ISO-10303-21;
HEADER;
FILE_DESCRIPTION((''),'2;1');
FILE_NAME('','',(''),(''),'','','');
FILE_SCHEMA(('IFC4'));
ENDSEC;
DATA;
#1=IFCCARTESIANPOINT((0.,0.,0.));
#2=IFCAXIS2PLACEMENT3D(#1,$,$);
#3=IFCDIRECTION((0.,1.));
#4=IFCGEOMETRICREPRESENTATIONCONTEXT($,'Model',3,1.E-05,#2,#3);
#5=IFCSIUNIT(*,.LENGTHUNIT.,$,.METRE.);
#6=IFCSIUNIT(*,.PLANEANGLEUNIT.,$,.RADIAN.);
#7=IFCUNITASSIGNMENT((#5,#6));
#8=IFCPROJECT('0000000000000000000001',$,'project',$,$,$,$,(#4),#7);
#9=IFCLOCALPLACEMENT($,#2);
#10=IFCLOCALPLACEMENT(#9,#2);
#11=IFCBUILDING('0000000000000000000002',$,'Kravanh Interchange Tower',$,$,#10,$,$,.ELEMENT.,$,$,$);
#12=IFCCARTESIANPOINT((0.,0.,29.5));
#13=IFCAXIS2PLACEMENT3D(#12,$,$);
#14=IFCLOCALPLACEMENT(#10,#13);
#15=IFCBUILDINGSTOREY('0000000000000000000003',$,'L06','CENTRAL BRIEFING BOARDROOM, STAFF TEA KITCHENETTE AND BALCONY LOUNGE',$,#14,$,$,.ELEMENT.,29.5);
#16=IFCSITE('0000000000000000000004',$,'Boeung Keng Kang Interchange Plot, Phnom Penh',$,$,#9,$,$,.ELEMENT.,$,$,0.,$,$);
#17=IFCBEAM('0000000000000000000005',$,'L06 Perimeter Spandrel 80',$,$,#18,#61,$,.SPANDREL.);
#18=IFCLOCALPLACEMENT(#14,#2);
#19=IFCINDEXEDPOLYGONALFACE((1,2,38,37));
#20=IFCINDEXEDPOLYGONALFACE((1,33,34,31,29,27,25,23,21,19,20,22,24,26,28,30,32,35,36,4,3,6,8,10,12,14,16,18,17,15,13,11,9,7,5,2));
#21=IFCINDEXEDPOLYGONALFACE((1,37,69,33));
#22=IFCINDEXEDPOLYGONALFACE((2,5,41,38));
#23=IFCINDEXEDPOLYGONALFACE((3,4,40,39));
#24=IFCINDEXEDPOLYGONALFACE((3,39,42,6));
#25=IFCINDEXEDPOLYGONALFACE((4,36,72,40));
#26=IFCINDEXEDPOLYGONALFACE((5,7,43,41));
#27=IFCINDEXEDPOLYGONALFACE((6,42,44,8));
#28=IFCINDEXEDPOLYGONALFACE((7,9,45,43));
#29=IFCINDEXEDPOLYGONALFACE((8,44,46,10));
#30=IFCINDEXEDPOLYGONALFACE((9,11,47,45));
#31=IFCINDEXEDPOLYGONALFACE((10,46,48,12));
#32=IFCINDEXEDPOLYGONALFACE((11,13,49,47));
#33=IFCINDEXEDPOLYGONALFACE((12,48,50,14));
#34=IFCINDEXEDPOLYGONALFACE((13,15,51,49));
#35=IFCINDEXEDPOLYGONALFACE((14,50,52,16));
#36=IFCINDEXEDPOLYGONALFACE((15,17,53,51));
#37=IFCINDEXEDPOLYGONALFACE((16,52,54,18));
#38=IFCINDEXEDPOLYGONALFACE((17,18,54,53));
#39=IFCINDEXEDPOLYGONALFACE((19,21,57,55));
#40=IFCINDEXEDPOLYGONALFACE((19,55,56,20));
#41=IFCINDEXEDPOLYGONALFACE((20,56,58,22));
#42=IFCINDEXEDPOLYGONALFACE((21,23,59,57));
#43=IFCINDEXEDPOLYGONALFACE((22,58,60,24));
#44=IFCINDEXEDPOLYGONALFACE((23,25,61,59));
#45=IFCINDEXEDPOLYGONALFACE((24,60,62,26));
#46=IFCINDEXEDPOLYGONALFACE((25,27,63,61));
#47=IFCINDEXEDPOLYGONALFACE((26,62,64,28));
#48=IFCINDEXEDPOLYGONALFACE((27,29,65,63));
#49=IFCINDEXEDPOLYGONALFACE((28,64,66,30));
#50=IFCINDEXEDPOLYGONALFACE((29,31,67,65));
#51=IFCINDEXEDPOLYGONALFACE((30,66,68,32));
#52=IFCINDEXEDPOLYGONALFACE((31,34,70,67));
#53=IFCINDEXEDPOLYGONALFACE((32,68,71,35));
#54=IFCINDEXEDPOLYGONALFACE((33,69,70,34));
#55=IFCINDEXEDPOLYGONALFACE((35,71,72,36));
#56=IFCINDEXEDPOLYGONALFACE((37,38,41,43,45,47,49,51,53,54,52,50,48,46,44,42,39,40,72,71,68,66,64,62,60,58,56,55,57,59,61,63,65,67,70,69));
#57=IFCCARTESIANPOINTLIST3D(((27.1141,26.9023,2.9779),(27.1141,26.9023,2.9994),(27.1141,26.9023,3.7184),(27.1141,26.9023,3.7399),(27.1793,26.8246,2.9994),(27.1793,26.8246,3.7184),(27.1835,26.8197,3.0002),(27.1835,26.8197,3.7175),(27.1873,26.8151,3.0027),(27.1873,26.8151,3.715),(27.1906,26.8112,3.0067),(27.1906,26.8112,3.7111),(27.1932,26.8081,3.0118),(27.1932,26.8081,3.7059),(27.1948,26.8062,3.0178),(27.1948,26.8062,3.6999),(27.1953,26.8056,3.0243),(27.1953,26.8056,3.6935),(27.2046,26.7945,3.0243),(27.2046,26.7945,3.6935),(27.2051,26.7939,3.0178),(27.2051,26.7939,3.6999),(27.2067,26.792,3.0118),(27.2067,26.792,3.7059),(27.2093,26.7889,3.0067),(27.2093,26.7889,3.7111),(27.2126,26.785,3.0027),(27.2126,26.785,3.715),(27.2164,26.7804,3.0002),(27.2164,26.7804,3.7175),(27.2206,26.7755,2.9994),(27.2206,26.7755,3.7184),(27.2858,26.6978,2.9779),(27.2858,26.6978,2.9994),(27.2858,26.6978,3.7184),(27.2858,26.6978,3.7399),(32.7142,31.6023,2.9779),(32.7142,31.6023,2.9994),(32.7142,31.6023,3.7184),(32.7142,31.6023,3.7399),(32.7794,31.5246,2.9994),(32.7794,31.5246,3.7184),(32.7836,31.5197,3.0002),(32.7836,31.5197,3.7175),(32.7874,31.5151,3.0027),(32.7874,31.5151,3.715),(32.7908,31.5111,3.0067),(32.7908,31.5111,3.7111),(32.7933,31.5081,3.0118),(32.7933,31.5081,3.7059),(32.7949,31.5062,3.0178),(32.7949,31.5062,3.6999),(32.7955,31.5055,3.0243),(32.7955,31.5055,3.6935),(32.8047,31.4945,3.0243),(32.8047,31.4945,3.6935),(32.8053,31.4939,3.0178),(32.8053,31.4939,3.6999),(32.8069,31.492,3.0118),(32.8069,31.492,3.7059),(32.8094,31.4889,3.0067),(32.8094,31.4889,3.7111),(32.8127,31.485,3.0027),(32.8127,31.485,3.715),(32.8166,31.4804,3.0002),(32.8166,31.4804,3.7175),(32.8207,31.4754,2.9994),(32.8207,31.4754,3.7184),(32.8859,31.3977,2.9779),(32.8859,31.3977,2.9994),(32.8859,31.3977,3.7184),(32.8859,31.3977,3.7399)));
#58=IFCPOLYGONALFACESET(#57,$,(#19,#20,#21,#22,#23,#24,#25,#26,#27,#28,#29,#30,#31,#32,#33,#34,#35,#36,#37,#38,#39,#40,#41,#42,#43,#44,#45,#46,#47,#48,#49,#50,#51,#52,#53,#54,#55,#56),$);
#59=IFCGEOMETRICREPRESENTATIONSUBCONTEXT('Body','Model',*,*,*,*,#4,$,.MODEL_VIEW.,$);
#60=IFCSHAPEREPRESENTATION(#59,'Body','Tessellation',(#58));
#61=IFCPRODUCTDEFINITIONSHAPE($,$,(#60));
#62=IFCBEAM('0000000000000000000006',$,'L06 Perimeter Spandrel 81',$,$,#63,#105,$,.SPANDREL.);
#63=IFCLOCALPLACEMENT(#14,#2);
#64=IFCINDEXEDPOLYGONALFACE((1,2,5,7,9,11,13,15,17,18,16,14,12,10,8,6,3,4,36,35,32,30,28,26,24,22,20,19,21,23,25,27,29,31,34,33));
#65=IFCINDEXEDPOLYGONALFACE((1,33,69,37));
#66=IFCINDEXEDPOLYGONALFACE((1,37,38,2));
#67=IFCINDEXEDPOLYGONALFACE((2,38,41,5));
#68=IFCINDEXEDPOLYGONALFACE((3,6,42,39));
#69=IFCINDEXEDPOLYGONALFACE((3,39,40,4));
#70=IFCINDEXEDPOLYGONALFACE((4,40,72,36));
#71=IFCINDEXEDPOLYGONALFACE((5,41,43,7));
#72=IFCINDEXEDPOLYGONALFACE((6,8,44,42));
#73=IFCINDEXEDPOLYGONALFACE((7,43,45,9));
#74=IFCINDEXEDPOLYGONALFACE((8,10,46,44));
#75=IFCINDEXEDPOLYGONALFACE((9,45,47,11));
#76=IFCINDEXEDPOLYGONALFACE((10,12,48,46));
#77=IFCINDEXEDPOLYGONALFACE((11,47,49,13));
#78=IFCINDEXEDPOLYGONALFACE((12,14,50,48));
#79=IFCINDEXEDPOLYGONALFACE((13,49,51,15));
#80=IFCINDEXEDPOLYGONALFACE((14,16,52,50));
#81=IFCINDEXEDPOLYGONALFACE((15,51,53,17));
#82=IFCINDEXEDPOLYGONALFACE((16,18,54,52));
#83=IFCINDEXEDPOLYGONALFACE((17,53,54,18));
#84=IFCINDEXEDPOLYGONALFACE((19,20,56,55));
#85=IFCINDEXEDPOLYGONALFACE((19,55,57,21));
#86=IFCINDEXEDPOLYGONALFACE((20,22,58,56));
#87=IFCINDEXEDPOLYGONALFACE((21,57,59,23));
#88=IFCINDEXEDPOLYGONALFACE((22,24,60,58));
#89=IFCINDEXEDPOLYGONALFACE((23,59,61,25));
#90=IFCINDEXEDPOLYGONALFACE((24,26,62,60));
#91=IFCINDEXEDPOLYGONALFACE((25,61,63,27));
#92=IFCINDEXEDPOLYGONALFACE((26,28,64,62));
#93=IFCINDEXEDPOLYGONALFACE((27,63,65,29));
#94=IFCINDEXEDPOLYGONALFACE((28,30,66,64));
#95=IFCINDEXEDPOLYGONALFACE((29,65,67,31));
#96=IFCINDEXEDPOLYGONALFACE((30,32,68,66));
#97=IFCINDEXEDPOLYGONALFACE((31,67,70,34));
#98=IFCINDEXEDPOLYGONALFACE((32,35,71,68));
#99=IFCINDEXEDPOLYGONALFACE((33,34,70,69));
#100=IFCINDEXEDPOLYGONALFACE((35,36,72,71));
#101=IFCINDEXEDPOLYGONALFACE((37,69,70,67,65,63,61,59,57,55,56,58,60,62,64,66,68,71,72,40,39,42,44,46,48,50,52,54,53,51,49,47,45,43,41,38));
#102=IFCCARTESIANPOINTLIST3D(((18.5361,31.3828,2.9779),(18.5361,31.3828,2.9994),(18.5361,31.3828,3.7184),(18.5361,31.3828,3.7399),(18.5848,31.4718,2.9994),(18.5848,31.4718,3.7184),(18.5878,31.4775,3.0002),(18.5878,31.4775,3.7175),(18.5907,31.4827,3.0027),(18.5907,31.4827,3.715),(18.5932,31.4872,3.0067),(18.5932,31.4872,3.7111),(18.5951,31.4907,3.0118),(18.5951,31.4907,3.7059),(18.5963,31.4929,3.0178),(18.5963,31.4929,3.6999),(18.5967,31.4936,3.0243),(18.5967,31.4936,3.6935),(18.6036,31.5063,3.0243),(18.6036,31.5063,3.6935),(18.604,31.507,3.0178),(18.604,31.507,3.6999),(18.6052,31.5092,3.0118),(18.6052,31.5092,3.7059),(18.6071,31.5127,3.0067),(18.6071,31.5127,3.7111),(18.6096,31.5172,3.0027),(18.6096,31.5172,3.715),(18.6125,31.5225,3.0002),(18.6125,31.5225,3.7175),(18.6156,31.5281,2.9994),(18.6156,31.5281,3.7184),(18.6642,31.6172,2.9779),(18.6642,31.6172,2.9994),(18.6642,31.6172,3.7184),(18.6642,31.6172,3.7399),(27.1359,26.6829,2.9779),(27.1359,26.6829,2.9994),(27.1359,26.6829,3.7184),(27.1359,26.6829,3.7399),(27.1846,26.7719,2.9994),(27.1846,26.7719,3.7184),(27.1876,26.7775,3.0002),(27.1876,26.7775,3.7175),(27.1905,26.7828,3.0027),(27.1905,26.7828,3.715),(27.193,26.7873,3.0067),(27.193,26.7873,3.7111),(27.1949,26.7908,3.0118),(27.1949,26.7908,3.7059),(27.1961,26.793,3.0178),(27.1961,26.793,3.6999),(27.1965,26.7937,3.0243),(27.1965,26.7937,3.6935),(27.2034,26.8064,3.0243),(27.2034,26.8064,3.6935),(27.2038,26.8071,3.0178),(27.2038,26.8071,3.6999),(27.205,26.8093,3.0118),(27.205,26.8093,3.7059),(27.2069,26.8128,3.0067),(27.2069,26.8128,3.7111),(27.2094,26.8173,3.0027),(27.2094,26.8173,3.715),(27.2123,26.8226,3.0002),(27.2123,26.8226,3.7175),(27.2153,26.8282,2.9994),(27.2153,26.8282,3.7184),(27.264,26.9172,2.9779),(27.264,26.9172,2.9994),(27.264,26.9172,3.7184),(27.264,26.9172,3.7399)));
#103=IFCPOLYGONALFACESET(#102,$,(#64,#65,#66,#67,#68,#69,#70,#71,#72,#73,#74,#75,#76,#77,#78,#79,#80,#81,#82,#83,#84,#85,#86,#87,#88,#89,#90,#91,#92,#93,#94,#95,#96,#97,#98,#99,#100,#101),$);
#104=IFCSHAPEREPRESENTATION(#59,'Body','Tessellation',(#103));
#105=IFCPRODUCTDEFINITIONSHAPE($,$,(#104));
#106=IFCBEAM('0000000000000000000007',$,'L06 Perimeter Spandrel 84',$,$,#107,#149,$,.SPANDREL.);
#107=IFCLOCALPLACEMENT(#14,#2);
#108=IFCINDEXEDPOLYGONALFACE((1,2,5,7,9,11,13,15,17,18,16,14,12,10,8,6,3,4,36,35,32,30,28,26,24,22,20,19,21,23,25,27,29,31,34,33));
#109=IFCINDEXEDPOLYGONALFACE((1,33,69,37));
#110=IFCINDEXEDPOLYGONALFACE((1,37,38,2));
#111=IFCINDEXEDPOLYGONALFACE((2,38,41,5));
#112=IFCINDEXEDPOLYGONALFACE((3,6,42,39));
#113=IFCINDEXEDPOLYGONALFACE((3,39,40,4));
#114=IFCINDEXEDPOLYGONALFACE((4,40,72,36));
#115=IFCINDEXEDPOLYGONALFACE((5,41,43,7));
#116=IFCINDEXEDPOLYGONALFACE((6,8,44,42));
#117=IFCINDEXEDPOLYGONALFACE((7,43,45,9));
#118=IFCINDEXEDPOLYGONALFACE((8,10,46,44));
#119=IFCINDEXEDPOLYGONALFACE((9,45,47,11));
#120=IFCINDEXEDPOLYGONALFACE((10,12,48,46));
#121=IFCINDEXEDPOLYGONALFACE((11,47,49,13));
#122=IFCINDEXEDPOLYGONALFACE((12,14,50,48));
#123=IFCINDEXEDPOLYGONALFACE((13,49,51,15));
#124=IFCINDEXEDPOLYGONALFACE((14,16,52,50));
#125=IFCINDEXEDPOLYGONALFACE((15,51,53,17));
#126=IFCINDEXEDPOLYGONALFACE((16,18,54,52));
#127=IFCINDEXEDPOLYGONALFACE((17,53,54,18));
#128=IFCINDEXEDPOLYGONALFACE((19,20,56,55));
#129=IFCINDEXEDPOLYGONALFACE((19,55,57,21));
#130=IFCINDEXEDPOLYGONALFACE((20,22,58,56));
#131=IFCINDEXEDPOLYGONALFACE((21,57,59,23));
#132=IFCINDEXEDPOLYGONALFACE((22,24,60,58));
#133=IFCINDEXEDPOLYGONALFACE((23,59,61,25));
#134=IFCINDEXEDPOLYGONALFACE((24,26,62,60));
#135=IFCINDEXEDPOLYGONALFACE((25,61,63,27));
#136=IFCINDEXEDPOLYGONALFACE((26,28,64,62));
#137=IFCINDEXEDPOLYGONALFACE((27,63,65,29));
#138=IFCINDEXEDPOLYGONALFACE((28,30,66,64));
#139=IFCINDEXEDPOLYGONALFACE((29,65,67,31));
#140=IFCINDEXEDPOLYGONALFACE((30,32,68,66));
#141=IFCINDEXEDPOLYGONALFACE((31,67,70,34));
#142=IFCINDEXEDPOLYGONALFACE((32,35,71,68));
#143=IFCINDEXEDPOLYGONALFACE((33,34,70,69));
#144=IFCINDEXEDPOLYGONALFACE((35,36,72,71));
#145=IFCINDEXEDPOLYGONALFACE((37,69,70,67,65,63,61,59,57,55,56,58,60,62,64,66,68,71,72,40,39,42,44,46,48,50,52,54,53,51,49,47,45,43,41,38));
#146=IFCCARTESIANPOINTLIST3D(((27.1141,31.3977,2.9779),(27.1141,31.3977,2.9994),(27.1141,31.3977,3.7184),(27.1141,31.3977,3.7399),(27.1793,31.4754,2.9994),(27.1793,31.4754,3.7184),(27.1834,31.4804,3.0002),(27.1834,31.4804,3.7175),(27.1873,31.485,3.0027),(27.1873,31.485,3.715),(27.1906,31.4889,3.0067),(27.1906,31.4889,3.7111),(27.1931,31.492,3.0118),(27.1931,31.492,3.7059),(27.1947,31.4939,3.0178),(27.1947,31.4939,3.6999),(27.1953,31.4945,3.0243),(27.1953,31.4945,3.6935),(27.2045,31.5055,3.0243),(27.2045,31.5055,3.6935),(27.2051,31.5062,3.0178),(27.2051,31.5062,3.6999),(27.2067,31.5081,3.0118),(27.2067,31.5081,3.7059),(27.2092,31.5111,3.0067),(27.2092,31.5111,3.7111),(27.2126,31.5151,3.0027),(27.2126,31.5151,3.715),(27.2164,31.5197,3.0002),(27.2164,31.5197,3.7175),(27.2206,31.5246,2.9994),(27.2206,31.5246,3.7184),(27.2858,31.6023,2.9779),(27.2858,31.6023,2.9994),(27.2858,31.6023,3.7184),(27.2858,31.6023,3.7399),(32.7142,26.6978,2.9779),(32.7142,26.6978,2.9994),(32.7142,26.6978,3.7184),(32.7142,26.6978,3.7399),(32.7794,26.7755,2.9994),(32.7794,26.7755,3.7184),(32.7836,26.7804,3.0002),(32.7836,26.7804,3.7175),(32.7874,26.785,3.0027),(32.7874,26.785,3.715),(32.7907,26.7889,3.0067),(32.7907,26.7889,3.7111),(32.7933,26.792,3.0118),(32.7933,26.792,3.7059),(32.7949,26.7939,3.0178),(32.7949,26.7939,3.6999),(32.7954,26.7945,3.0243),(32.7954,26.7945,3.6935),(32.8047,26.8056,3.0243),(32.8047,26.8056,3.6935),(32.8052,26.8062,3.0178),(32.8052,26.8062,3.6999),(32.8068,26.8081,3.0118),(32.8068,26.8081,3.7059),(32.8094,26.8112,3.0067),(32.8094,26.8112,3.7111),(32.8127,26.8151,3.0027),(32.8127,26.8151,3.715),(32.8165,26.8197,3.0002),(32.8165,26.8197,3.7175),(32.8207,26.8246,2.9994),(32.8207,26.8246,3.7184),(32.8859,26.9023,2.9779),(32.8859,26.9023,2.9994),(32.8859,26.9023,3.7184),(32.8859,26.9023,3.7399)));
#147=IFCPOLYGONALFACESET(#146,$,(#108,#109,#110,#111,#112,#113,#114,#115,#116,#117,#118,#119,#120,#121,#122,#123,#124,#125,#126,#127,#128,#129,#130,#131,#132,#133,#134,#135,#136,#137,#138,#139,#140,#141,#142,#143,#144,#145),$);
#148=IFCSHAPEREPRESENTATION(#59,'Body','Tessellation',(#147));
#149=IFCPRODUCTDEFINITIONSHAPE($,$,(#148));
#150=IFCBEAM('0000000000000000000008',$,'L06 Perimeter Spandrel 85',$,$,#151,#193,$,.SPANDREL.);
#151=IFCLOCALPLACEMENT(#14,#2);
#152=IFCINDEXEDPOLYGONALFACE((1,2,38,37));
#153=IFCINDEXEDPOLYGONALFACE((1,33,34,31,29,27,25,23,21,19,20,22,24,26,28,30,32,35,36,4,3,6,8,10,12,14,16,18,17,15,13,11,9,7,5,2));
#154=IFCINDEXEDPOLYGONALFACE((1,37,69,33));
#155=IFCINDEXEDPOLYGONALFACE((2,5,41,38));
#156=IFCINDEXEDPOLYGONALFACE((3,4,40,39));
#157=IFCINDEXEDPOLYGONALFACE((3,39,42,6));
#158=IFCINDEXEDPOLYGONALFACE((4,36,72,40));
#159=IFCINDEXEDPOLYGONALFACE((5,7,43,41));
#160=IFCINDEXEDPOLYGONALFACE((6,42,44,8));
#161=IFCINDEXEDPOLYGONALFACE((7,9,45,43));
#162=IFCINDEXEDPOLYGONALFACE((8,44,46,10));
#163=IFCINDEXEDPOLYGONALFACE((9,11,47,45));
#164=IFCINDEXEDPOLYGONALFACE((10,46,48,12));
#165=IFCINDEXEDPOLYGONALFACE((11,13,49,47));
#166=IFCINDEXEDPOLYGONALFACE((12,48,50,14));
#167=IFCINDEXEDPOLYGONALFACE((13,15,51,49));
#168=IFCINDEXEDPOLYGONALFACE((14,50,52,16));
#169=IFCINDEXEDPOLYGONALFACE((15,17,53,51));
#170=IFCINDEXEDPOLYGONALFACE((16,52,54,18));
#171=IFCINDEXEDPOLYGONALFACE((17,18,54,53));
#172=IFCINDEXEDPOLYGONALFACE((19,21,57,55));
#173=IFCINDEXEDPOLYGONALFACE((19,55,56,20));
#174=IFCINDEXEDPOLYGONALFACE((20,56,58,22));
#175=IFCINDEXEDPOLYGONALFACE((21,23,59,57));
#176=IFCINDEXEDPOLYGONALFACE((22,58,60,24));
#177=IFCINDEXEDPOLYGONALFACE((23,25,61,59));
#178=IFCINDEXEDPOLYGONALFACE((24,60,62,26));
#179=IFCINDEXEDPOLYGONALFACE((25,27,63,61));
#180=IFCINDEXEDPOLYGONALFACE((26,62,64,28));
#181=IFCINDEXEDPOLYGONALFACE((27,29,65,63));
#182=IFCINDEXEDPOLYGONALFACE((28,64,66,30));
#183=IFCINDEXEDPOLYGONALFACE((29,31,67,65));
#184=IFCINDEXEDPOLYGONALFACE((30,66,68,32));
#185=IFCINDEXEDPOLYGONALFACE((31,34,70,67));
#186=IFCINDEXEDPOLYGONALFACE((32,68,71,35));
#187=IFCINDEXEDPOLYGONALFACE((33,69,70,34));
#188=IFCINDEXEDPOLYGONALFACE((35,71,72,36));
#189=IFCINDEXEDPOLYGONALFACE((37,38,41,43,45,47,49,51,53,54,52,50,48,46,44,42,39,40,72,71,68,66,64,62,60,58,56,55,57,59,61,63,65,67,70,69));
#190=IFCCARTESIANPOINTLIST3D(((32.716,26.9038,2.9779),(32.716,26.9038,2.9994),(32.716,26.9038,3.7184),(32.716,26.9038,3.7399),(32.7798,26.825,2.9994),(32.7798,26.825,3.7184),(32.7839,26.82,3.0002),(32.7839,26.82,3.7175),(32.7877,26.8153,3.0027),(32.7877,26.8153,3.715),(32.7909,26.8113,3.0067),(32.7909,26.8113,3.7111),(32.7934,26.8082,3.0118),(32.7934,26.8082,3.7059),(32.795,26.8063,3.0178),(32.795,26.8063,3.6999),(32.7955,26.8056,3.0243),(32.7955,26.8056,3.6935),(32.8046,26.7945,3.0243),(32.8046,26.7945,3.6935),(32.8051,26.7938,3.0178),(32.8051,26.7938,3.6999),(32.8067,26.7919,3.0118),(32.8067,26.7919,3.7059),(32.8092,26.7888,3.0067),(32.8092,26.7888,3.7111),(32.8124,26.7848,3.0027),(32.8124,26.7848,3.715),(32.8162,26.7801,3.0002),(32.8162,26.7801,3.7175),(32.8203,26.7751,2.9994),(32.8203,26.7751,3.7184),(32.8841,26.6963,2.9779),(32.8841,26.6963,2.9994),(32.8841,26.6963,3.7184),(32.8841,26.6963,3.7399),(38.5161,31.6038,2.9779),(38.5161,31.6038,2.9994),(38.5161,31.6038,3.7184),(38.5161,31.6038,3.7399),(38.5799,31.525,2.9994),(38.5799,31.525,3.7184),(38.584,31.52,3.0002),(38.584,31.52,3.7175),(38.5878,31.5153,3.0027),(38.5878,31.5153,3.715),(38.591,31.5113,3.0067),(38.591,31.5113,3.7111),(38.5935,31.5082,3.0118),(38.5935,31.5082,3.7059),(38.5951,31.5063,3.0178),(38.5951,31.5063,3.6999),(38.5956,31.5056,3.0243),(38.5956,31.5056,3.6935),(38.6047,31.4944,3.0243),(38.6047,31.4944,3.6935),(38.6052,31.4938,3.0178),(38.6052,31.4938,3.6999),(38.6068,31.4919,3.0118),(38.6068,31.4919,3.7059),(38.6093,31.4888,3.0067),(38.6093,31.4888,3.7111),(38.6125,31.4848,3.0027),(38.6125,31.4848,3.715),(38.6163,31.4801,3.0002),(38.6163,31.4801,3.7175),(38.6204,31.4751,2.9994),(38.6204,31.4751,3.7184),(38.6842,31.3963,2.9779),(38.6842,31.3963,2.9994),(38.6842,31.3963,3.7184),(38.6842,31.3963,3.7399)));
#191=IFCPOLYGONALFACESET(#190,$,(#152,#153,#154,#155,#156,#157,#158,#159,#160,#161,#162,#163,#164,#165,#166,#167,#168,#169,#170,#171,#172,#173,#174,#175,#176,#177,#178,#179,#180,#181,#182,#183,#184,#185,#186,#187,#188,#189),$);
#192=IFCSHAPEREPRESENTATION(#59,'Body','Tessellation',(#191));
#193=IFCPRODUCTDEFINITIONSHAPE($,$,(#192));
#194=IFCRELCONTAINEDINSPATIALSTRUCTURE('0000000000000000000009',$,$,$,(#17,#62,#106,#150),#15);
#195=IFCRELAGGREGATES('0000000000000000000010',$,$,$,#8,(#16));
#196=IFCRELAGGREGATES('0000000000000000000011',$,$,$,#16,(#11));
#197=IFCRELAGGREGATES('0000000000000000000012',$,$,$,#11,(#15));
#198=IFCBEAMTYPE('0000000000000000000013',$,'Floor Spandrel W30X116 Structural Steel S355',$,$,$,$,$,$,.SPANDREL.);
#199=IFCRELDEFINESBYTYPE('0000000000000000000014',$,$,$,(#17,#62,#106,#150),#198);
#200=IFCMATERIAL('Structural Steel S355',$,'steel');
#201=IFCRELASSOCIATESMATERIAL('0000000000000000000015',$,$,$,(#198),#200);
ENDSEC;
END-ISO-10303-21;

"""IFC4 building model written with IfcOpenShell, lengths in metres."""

from ifc_helpers import new_model, si_unit, direction, frame, origin, origin_2d, place, context, subcontext, project, spatial, i_section, extrude, material, material_profile, profile_set, type_object, element, save


model = new_model("IFC4")

# Units and contexts
model_context = context("Model", 3, precision=1e-05, world=origin(), true_north=direction((0.0, 1.0)))
body_context = subcontext(model_context, "Body", "Model", "MODEL_VIEW")
ifc_project = project(units=[si_unit("LENGTHUNIT", "METRE"), si_unit("PLANEANGLEUNIT", "RADIAN")], contexts=[model_context])

# Site, building, storey
site_placement = place(None, origin())
site = spatial("IfcSite", under=ifc_project, at=site_placement, Name="Boeung Keng Kang Interchange Plot, Phnom Penh", CompositionType="ELEMENT", RefElevation=0.0)
building_placement = place(site_placement, origin())
building = spatial("IfcBuilding", under=site, at=building_placement, Name="Kravanh Interchange Tower", CompositionType="ELEMENT")
storey_placement = place(building_placement, frame((0.0, 0.0, 29.5)))
storey = spatial("IfcBuildingStorey", under=building, at=storey_placement, Name="L06", Description="CENTRAL BRIEFING BOARDROOM, STAFF TEA KITCHENETTE AND BALCONY LOUNGE", CompositionType="ELEMENT", Elevation=29.5)

# Beams
ifc_material_1 = material(Name="Structural Steel S355", Category="steel")
ifc_material_profile_1 = material_profile(ifc_material_1, i_section(OverallWidth=0.2671, OverallDepth=0.762, WebThickness=0.0144, FlangeThickness=0.0215, FilletRadius=0.0249, at=origin_2d()), Name="W30X116")
ifc_profile_set_1 = profile_set([ifc_material_profile_1], Name="Structural Steel S355")
beam_type_1 = type_object("IfcBeamType", Name="Floor Spandrel W30X116 Structural Steel S355", PredefinedType="SPANDREL", material=ifc_profile_set_1)
beam_1_placement = place(storey_placement, frame((27.2, 26.8, 3.3589), z_axis=(0.765983, 0.642861, 0.0), x_axis=(-0.642861, 0.765983, 0.0)))
element("IfcBeam", 1, at=beam_1_placement, inside=storey, type_object=beam_type_1, Name="L06 Perimeter Spandrel 80", PredefinedType="SPANDREL", context=body_context, shape_type="SweptSolid", body=[
    extrude(i_section(OverallWidth=0.2671, OverallDepth=0.762, WebThickness=0.0144, FlangeThickness=0.0215, FilletRadius=0.0249, at=origin_2d()), origin(), (0.0, 0.0, 1.0), 7.311),
])
beam_2_placement = place(storey_placement, frame((27.2, 26.8, 3.3589), z_axis=(-0.877504, 0.479569, 0.0), x_axis=(-0.479569, -0.877504, 0.0)))
element("IfcBeam", 2, at=beam_2_placement, inside=storey, type_object=beam_type_1, Name="L06 Perimeter Spandrel 81", PredefinedType="SPANDREL", context=body_context, shape_type="SweptSolid", body=[
    extrude(i_section(OverallWidth=0.2671, OverallDepth=0.762, WebThickness=0.0144, FlangeThickness=0.0215, FilletRadius=0.0249, at=origin_2d()), origin(), (0.0, 0.0, 1.0), 9.8003),
])
beam_3_placement = place(storey_placement, frame((32.8, 26.8, 3.3589), z_axis=(-0.765983, 0.642861, 0.0), x_axis=(-0.642861, -0.765983, 0.0)))
element("IfcBeam", 3, at=beam_3_placement, inside=storey, type_object=beam_type_1, Name="L06 Perimeter Spandrel 84", PredefinedType="SPANDREL", context=body_context, shape_type="SweptSolid", body=[
    extrude(i_section(OverallWidth=0.2671, OverallDepth=0.762, WebThickness=0.0144, FlangeThickness=0.0215, FilletRadius=0.0249, at=origin_2d()), origin(), (0.0, 0.0, 1.0), 7.311),
])
beam_4_placement = place(storey_placement, frame((32.8, 26.8, 3.3589), z_axis=(0.776939, 0.629576, 0.0), x_axis=(-0.629576, 0.776939, 0.0)))
element("IfcBeam", 4, at=beam_4_placement, inside=storey, type_object=beam_type_1, Name="L06 Perimeter Spandrel 85", PredefinedType="SPANDREL", context=body_context, shape_type="SweptSolid", body=[
    extrude(i_section(OverallWidth=0.2671, OverallDepth=0.762, WebThickness=0.0144, FlangeThickness=0.0215, FilletRadius=0.0249, at=origin_2d()), origin(), (0.0, 0.0, 1.0), 7.4653),
])

save(model, "model.ifc")
